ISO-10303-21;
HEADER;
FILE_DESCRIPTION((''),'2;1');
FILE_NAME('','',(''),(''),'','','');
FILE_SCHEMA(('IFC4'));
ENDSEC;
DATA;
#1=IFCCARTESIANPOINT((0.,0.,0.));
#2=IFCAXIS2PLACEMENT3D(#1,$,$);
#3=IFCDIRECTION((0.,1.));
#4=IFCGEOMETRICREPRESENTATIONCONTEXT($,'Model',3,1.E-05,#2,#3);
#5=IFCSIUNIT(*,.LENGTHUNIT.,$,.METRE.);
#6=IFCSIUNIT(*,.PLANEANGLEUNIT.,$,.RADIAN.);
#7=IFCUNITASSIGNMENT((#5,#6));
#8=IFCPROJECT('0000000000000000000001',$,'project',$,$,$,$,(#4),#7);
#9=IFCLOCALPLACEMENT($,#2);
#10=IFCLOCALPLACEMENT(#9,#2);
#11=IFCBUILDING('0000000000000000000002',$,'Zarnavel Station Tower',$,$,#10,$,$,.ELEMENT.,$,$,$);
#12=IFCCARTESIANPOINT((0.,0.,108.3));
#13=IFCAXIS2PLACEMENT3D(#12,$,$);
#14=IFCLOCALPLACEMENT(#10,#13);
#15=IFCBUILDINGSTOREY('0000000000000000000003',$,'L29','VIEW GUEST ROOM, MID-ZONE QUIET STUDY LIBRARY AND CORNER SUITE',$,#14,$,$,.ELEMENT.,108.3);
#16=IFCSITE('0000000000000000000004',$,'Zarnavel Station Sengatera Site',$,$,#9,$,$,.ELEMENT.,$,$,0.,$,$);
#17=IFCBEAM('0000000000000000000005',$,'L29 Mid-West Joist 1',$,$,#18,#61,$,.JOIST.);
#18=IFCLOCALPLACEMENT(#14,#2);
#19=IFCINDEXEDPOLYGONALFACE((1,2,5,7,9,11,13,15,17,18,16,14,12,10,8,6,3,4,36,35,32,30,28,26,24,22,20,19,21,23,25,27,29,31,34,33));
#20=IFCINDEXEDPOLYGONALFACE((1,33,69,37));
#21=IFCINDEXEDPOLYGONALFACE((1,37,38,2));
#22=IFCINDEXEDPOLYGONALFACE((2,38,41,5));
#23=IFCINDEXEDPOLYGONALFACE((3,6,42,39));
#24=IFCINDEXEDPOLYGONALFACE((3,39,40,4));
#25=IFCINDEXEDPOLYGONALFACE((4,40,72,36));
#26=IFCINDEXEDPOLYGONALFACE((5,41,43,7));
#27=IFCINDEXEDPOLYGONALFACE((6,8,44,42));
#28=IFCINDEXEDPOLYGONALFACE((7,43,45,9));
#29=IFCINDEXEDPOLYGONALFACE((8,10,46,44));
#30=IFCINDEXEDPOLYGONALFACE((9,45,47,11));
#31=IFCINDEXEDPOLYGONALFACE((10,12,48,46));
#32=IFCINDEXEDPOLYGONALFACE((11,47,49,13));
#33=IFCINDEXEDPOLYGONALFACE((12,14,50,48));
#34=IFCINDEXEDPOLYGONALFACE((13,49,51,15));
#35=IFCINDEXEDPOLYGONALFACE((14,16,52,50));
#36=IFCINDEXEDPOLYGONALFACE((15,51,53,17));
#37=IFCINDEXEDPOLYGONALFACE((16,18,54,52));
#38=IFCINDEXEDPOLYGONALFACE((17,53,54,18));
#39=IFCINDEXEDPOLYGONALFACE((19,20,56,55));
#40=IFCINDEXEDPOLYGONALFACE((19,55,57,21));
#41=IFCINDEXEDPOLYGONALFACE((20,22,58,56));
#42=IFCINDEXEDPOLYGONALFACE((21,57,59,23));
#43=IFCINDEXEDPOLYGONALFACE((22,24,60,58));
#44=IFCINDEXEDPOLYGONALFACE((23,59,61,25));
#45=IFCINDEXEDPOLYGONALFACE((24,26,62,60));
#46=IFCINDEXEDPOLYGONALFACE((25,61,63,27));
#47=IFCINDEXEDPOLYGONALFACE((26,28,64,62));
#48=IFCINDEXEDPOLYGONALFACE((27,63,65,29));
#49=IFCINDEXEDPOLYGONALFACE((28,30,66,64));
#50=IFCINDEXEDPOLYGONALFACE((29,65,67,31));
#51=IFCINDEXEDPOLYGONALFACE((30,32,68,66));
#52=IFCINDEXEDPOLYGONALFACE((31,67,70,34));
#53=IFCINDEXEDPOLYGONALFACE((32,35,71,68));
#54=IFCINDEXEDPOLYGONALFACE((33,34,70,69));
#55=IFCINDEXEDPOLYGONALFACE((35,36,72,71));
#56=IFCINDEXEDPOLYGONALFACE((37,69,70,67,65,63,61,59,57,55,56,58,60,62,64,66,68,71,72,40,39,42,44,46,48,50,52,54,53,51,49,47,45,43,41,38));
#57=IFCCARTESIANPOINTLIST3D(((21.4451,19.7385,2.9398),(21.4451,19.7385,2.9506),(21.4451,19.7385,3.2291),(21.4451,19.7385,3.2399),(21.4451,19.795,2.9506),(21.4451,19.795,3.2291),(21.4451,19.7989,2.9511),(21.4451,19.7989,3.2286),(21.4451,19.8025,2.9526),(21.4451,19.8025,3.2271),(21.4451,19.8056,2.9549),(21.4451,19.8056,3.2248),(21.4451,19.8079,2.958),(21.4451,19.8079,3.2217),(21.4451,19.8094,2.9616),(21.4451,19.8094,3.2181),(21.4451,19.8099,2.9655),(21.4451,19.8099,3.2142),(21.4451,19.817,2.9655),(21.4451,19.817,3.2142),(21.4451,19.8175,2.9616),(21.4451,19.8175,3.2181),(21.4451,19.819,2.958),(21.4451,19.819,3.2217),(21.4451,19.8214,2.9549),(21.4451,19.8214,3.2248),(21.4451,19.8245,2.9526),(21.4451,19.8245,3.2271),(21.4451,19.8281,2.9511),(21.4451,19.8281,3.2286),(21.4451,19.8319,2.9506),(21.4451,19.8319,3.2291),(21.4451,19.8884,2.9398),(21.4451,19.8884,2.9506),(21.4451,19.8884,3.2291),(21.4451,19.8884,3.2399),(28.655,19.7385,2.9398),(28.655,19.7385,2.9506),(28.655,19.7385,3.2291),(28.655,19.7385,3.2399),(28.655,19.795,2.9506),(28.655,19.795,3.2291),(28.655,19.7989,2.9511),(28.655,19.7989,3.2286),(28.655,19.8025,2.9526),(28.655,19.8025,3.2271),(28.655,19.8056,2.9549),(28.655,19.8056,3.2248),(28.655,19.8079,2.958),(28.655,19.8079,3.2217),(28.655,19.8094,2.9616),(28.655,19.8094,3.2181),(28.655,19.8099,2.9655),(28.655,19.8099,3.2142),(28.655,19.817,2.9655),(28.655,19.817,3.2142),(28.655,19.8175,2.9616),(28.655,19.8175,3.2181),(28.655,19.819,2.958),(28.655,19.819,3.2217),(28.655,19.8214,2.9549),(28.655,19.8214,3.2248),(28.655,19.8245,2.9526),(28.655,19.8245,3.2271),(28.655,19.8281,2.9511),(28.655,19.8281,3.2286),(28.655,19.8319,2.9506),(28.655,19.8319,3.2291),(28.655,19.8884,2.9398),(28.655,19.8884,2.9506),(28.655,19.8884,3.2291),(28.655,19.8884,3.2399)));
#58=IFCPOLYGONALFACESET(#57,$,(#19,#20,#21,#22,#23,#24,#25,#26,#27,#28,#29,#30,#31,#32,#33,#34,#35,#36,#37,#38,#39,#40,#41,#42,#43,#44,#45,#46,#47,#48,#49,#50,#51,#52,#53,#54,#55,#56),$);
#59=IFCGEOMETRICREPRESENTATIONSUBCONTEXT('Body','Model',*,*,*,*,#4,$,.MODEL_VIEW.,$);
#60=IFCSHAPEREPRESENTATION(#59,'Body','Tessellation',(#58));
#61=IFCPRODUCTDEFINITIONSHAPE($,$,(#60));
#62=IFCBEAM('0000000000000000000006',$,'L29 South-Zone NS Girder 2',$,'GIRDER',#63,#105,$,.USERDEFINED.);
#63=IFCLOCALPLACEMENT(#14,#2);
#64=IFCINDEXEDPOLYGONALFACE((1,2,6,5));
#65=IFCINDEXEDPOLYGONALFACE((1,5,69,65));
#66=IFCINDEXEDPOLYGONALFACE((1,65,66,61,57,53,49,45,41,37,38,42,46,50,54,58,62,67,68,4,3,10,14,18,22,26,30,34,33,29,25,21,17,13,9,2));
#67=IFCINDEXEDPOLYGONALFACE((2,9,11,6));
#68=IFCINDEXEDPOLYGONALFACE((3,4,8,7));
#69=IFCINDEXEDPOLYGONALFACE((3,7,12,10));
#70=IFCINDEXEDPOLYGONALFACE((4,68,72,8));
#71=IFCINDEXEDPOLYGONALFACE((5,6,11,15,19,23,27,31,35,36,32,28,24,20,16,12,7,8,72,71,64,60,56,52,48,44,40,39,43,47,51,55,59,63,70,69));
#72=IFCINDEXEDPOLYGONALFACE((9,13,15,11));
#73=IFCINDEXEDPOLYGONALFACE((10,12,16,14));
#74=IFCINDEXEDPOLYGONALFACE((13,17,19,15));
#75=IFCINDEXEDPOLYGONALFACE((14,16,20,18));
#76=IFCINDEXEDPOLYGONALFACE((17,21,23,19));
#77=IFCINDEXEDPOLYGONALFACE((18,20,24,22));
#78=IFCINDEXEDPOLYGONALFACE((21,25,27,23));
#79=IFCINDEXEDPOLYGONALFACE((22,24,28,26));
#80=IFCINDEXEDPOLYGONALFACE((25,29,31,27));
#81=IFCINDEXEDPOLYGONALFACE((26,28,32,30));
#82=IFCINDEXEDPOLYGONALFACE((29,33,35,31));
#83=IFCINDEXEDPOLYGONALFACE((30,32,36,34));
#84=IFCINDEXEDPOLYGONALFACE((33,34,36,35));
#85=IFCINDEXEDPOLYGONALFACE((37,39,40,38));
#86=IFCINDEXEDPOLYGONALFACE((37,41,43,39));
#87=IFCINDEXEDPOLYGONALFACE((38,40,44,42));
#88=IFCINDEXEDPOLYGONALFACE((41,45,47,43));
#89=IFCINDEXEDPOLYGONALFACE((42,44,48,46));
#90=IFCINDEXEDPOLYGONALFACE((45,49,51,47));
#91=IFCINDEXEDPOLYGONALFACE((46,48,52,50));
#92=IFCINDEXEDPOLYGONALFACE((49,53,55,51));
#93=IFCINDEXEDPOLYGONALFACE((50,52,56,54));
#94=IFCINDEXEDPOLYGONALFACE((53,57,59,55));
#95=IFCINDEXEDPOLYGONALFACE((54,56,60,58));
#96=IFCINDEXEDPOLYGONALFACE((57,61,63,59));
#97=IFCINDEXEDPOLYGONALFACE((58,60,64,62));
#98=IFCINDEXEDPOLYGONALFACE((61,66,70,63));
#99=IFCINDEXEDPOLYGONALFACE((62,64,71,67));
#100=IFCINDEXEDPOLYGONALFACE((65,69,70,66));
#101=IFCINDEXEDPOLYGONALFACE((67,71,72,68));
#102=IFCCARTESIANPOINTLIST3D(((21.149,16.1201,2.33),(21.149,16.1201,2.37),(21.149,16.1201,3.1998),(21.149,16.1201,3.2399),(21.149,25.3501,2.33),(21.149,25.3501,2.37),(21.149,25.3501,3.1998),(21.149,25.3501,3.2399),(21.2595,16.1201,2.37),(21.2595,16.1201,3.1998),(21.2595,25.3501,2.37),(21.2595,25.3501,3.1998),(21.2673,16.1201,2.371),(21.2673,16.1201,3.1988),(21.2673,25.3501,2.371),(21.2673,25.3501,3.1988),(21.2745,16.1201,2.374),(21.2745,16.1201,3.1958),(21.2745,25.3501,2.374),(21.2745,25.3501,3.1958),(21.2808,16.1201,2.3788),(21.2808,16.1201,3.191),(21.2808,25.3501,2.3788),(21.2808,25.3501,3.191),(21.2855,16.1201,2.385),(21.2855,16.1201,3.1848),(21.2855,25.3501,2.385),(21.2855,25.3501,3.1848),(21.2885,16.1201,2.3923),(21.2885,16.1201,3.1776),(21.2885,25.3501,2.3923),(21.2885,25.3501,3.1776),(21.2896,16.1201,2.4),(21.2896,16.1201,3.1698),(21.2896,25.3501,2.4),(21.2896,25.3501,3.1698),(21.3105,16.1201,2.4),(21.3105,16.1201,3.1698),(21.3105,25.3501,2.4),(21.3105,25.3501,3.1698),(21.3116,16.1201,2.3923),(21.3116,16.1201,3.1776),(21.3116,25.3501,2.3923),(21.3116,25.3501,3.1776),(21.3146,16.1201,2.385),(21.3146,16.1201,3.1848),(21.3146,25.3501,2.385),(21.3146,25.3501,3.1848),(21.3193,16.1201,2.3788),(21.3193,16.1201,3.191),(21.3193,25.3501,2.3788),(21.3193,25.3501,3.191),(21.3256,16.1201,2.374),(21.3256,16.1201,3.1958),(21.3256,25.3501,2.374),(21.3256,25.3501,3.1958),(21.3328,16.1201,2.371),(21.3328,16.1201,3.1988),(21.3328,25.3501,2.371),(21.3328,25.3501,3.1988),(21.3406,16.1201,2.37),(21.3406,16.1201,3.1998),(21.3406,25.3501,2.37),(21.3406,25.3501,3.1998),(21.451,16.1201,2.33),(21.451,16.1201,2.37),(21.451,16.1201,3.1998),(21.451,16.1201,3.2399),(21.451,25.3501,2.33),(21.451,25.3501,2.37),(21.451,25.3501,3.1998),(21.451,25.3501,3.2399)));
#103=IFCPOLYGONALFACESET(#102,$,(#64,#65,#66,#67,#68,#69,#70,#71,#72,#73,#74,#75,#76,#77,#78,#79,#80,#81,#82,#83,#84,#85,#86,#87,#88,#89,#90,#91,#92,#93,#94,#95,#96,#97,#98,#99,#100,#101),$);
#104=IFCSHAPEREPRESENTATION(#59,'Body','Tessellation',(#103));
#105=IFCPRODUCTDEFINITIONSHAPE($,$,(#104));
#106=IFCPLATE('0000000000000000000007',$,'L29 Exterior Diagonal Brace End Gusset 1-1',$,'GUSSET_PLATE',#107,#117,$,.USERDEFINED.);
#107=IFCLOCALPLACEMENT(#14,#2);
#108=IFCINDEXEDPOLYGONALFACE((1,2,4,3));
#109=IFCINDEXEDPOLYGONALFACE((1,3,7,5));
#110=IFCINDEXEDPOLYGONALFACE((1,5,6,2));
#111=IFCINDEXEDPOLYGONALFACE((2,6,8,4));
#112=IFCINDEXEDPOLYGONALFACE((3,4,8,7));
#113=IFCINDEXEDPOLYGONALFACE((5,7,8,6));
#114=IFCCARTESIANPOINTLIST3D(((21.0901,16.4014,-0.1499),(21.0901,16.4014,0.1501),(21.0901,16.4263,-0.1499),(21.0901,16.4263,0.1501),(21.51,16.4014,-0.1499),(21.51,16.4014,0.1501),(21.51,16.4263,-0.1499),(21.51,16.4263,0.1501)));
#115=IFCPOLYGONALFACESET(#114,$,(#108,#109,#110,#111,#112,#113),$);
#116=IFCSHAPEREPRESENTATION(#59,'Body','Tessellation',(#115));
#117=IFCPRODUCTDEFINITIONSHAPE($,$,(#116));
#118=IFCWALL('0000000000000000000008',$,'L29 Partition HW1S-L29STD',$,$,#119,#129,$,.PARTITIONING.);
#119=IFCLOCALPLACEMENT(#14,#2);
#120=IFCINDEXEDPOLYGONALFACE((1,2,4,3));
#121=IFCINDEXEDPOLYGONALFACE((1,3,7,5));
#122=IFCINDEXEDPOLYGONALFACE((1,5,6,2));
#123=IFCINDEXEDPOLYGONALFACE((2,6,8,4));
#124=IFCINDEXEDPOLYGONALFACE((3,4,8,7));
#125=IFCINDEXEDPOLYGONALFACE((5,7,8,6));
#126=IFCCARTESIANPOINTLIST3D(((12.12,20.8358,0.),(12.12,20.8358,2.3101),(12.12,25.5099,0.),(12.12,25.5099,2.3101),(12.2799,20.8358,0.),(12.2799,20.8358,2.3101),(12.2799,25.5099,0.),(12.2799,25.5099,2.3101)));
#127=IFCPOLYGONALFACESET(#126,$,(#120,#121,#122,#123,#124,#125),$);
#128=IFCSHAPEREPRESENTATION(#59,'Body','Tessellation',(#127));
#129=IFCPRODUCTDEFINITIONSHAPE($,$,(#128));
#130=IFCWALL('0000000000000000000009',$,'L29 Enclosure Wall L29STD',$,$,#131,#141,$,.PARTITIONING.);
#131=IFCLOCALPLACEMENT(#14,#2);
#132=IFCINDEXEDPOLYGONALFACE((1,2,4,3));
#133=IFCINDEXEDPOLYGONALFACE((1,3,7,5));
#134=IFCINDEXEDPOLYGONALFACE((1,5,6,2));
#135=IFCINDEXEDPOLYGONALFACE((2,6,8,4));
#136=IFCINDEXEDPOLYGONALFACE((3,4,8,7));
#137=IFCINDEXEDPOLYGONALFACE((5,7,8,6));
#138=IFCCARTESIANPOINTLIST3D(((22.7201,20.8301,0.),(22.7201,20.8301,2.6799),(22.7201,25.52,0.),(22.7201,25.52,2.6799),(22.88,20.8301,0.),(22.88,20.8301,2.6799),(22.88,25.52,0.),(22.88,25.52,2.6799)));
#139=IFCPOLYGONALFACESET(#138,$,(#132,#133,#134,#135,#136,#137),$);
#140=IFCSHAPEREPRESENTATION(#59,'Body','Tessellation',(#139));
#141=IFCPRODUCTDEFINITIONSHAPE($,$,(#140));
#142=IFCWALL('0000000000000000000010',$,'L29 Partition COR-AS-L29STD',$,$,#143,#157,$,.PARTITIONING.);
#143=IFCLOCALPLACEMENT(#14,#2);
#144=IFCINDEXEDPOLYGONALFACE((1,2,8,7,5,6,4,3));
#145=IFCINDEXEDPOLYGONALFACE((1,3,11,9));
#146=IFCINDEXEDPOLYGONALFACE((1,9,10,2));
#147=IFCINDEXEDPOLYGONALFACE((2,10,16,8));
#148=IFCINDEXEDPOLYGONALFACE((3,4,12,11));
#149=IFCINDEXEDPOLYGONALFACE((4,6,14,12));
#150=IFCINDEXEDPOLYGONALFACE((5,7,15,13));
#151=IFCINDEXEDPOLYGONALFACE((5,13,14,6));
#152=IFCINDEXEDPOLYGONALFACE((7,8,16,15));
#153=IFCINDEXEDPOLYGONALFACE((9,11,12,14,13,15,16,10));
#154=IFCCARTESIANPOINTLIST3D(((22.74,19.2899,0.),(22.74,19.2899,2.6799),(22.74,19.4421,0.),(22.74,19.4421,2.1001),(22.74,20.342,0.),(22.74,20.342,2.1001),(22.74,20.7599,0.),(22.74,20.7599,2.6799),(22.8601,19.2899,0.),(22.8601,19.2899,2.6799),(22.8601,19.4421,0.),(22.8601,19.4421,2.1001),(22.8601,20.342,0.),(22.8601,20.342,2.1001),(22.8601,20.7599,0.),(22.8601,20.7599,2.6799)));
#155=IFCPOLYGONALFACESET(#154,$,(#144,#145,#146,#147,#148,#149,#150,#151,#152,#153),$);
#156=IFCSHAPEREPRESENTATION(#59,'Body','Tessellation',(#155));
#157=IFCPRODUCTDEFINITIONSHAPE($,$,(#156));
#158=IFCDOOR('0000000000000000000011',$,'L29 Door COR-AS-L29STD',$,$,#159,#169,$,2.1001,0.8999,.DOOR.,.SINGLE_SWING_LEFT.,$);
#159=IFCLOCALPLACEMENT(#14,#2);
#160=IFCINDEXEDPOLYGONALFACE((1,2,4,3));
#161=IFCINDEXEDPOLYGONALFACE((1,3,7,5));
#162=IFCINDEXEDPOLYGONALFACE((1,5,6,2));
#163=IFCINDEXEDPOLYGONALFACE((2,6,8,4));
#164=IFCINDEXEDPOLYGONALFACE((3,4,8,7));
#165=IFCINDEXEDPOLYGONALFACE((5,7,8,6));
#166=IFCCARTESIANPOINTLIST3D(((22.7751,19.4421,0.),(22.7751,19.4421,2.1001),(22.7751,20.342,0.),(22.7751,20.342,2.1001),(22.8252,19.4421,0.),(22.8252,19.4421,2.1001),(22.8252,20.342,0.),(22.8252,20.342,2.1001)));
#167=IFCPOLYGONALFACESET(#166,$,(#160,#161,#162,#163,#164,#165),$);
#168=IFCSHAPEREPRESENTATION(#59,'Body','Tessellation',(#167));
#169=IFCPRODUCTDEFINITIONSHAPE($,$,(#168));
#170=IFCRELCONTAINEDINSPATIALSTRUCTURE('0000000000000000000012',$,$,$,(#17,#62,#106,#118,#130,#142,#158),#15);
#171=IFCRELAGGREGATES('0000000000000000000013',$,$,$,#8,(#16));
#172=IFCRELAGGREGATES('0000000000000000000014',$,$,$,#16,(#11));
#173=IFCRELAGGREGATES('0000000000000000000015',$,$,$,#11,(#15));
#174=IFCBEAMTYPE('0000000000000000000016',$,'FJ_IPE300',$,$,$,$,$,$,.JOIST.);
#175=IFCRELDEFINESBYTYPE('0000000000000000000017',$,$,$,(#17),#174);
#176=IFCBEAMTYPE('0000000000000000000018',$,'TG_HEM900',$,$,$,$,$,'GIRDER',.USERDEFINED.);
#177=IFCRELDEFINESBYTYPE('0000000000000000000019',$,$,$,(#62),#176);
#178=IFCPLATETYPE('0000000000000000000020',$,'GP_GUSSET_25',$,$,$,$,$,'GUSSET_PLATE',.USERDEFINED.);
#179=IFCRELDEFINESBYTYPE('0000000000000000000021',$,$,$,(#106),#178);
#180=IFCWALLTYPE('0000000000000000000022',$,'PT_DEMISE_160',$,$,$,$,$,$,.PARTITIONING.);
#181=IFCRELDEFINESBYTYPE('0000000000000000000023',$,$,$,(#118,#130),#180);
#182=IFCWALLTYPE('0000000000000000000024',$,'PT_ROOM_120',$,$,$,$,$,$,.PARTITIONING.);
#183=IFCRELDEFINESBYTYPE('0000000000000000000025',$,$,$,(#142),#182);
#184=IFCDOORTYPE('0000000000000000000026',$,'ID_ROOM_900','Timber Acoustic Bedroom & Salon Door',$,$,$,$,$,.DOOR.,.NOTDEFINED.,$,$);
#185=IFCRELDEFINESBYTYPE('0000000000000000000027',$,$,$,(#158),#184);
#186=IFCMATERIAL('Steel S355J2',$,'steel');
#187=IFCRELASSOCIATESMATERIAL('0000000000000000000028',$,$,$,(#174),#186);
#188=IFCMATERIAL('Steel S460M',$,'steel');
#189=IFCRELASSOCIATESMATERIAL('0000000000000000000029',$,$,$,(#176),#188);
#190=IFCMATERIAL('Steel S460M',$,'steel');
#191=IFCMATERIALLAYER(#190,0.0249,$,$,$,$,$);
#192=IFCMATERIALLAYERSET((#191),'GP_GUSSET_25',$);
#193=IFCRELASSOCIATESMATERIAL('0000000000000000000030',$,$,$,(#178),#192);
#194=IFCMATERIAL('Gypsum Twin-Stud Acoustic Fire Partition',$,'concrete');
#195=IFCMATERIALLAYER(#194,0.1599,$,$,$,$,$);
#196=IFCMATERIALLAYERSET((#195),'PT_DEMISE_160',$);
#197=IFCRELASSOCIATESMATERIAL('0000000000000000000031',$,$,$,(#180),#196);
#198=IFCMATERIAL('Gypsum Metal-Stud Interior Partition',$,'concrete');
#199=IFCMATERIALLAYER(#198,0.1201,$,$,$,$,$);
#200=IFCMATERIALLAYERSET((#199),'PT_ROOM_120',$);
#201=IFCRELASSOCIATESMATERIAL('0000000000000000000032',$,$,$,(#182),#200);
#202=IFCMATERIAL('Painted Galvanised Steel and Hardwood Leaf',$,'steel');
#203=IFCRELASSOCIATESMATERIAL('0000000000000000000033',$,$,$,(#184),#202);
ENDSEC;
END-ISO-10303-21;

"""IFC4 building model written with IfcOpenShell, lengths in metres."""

from ifc_helpers import new_model, si_unit, direction, frame, frame_2d, origin, origin_2d, place, context, subcontext, project, spatial, rectangle, i_section, extrude, material, layer, layer_set, material_profile, profile_set, type_object, element, fill, save


model = new_model("IFC4")

# Units and contexts
model_context = context("Model", 3, precision=1e-05, world=origin(), true_north=direction((0.0, 1.0)))
body_context = subcontext(model_context, "Body", "Model", "MODEL_VIEW")
ifc_project = project(units=[si_unit("LENGTHUNIT", "METRE"), si_unit("PLANEANGLEUNIT", "RADIAN")], contexts=[model_context])

# Site, building, storey
site_placement = place(None, origin())
site = spatial("IfcSite", under=ifc_project, at=site_placement, Name="Zarnavel Station Sengatera Site", CompositionType="ELEMENT", RefElevation=0.0)
building_placement = place(site_placement, origin())
building = spatial("IfcBuilding", under=site, at=building_placement, Name="Zarnavel Station Tower", CompositionType="ELEMENT")
storey_placement = place(building_placement, frame((0.0, 0.0, 108.3)))
storey = spatial("IfcBuildingStorey", under=building, at=storey_placement, Name="L29", Description="VIEW GUEST ROOM, MID-ZONE QUIET STUDY LIBRARY AND CORNER SUITE", CompositionType="ELEMENT", Elevation=108.3)

# Beams
ifc_material_1 = material(Name="Steel S355J2", Category="steel")
ifc_material_profile_1 = material_profile(ifc_material_1, i_section(OverallWidth=0.1499, OverallDepth=0.3, WebThickness=0.0071, FlangeThickness=0.0107, FilletRadius=0.0149, at=origin_2d()), Name="IPE300")
ifc_profile_set_1 = profile_set([ifc_material_profile_1], Name="Steel S355J2")
beam_type_1 = type_object("IfcBeamType", Name="FJ_IPE300", PredefinedType="JOIST", material=ifc_profile_set_1)
beam_1_placement = place(storey_placement, frame((21.4451, 19.8135, 3.0898), z_axis=(1.0, 0.0, 0.0), x_axis=(0.0, 1.0, 0.0)))
element("IfcBeam", 1, at=beam_1_placement, inside=storey, type_object=beam_type_1, Name="L29 Mid-West Joist 1", PredefinedType="JOIST", context=body_context, shape_type="SweptSolid", body=[
    extrude(i_section(OverallWidth=0.1499, OverallDepth=0.3, WebThickness=0.0071, FlangeThickness=0.0107, FilletRadius=0.0149, at=origin_2d()), origin(), (0.0, 0.0, 1.0), 7.21),
])
ifc_material_2 = material(Name="Steel S460M", Category="steel")
ifc_material_profile_2 = material_profile(ifc_material_2, i_section(OverallWidth=0.302, OverallDepth=0.9099, WebThickness=0.021, FlangeThickness=0.04, FilletRadius=0.03, at=origin_2d()), Name="HEM900")
ifc_profile_set_2 = profile_set([ifc_material_profile_2], Name="Steel S460M")
beam_type_2 = type_object("IfcBeamType", Name="TG_HEM900", ElementType="GIRDER", PredefinedType="USERDEFINED", material=ifc_profile_set_2)
beam_2_placement = place(storey_placement, frame((21.3, 16.1201, 2.7849), z_axis=(0.0, 1.0, 0.0), x_axis=(-1.0, 0.0, 0.0)))
element("IfcBeam", 2, at=beam_2_placement, inside=storey, type_object=beam_type_2, Name="L29 South-Zone NS Girder 2", ObjectType="GIRDER", PredefinedType="USERDEFINED", context=body_context, shape_type="SweptSolid", body=[
    extrude(i_section(OverallWidth=0.302, OverallDepth=0.9099, WebThickness=0.021, FlangeThickness=0.04, FilletRadius=0.03, at=origin_2d()), origin(), (0.0, 0.0, 1.0), 9.23),
])

# Plate
ifc_material_3 = material(Name="Steel S460M", Category="steel")
ifc_layer_1 = layer(ifc_material_3, 0.0249)
ifc_layer_set_1 = layer_set([ifc_layer_1], Name="GP_GUSSET_25")
plate_type = type_object("IfcPlateType", Name="GP_GUSSET_25", ElementType="GUSSET_PLATE", PredefinedType="USERDEFINED", material=ifc_layer_set_1)
plate_placement = place(storey_placement, frame((21.3, 16.4138, -0.1499), z_axis=(0.0, 0.0, 1.0), x_axis=(1.0, 0.0, 0.0)))
element("IfcPlate", 3, at=plate_placement, inside=storey, type_object=plate_type, Name="L29 Exterior Diagonal Brace End Gusset 1-1", ObjectType="GUSSET_PLATE", PredefinedType="USERDEFINED", context=body_context, shape_type="SweptSolid", body=[
    extrude(rectangle(XDim=0.4199, YDim=0.0249, at=origin_2d()), origin(), (0.0, 0.0, 1.0), 0.3),
])

# Walls
ifc_material_4 = material(Name="Gypsum Twin-Stud Acoustic Fire Partition", Category="concrete")
ifc_layer_2 = layer(ifc_material_4, 0.1599)
ifc_layer_set_2 = layer_set([ifc_layer_2], Name="PT_DEMISE_160")
wall_type_1 = type_object("IfcWallType", Name="PT_DEMISE_160", PredefinedType="PARTITIONING", material=ifc_layer_set_2)
wall_1_placement = place(storey_placement, frame((12.2, 20.8359, 0.0), z_axis=(0.0, 0.0, 1.0), x_axis=(0.0, 1.0, 0.0)))
element("IfcWall", 4, at=wall_1_placement, inside=storey, type_object=wall_type_1, Name="L29 Partition HW1S-L29STD", PredefinedType="PARTITIONING", context=body_context, shape_type="SweptSolid", body=[
    extrude(rectangle(XDim=4.6741, YDim=0.1599, at=frame_2d((2.3369, 0.0))), origin(), (0.0, 0.0, 1.0), 2.3101),
])
wall_2_placement = place(storey_placement, frame((22.8, 20.8301, 0.0), z_axis=(0.0, 0.0, 1.0), x_axis=(0.0, 1.0, 0.0)))
element("IfcWall", 5, at=wall_2_placement, inside=storey, type_object=wall_type_1, Name="L29 Enclosure Wall L29STD", PredefinedType="PARTITIONING", context=body_context, shape_type="SweptSolid", body=[
    extrude(rectangle(XDim=4.6899, YDim=0.1599, at=frame_2d((2.345, 0.0))), origin(), (0.0, 0.0, 1.0), 2.6799),
])

# Wall, opening, door
ifc_material_5 = material(Name="Gypsum Metal-Stud Interior Partition", Category="concrete")
ifc_layer_3 = layer(ifc_material_5, 0.1201)
ifc_layer_set_3 = layer_set([ifc_layer_3], Name="PT_ROOM_120")
wall_type_2 = type_object("IfcWallType", Name="PT_ROOM_120", PredefinedType="PARTITIONING", material=ifc_layer_set_3)
wall_3_placement = place(storey_placement, frame((22.8, 19.29, 0.0), z_axis=(0.0, 0.0, 1.0), x_axis=(0.0, 1.0, 0.0)))
wall_3 = element("IfcWall", 6, at=wall_3_placement, inside=storey, type_object=wall_type_2, Name="L29 Partition COR-AS-L29STD", PredefinedType="PARTITIONING", context=body_context, shape_type="SweptSolid", body=[
    extrude(rectangle(XDim=1.47, YDim=0.1201, at=frame_2d((0.7349, 0.0))), origin(), (0.0, 0.0, 1.0), 2.6799),
])
opening_1_placement = place(wall_3_placement, frame((0.1521, 0.0, 0.0)))
opening_1 = element("IfcOpeningElement", 7, at=opening_1_placement, cuts=wall_3, PredefinedType="OPENING", context=body_context, shape_type="SweptSolid", body=[
    extrude(rectangle(XDim=0.8999, YDim=2.1001, at=frame_2d((0.45, 1.05))), frame((0.0, 0.0701, 0.0), z_axis=(0.0, -1.0, 0.0), x_axis=(1.0, 0.0, 0.0)), (0.0, 0.0, 1.0), 0.1401),
])
ifc_material_6 = material(Name="Painted Galvanised Steel and Hardwood Leaf", Category="steel")
door_type = type_object("IfcDoorType", Name="ID_ROOM_900", Description="Timber Acoustic Bedroom & Salon Door", OperationType="NOTDEFINED", PredefinedType="DOOR", material=ifc_material_6)
door_1_placement = place(opening_1_placement, origin())
door_1 = element("IfcDoor", 8, at=door_1_placement, inside=storey, type_object=door_type, Name="L29 Door COR-AS-L29STD", OperationType="SINGLE_SWING_LEFT", OverallHeight=2.1001, OverallWidth=0.8999, PredefinedType="DOOR", context=body_context, shape_type="SweptSolid", body=[
    extrude(rectangle(XDim=0.8999, YDim=2.1001, at=frame_2d((0.45, 1.05))), frame((0.0, 0.0249, 0.0), z_axis=(0.0, -1.0, 0.0), x_axis=(1.0, 0.0, 0.0)), (0.0, 0.0, 1.0), 0.05),
])
fill(opening_1, door_1)

save(model, "model.ifc")
